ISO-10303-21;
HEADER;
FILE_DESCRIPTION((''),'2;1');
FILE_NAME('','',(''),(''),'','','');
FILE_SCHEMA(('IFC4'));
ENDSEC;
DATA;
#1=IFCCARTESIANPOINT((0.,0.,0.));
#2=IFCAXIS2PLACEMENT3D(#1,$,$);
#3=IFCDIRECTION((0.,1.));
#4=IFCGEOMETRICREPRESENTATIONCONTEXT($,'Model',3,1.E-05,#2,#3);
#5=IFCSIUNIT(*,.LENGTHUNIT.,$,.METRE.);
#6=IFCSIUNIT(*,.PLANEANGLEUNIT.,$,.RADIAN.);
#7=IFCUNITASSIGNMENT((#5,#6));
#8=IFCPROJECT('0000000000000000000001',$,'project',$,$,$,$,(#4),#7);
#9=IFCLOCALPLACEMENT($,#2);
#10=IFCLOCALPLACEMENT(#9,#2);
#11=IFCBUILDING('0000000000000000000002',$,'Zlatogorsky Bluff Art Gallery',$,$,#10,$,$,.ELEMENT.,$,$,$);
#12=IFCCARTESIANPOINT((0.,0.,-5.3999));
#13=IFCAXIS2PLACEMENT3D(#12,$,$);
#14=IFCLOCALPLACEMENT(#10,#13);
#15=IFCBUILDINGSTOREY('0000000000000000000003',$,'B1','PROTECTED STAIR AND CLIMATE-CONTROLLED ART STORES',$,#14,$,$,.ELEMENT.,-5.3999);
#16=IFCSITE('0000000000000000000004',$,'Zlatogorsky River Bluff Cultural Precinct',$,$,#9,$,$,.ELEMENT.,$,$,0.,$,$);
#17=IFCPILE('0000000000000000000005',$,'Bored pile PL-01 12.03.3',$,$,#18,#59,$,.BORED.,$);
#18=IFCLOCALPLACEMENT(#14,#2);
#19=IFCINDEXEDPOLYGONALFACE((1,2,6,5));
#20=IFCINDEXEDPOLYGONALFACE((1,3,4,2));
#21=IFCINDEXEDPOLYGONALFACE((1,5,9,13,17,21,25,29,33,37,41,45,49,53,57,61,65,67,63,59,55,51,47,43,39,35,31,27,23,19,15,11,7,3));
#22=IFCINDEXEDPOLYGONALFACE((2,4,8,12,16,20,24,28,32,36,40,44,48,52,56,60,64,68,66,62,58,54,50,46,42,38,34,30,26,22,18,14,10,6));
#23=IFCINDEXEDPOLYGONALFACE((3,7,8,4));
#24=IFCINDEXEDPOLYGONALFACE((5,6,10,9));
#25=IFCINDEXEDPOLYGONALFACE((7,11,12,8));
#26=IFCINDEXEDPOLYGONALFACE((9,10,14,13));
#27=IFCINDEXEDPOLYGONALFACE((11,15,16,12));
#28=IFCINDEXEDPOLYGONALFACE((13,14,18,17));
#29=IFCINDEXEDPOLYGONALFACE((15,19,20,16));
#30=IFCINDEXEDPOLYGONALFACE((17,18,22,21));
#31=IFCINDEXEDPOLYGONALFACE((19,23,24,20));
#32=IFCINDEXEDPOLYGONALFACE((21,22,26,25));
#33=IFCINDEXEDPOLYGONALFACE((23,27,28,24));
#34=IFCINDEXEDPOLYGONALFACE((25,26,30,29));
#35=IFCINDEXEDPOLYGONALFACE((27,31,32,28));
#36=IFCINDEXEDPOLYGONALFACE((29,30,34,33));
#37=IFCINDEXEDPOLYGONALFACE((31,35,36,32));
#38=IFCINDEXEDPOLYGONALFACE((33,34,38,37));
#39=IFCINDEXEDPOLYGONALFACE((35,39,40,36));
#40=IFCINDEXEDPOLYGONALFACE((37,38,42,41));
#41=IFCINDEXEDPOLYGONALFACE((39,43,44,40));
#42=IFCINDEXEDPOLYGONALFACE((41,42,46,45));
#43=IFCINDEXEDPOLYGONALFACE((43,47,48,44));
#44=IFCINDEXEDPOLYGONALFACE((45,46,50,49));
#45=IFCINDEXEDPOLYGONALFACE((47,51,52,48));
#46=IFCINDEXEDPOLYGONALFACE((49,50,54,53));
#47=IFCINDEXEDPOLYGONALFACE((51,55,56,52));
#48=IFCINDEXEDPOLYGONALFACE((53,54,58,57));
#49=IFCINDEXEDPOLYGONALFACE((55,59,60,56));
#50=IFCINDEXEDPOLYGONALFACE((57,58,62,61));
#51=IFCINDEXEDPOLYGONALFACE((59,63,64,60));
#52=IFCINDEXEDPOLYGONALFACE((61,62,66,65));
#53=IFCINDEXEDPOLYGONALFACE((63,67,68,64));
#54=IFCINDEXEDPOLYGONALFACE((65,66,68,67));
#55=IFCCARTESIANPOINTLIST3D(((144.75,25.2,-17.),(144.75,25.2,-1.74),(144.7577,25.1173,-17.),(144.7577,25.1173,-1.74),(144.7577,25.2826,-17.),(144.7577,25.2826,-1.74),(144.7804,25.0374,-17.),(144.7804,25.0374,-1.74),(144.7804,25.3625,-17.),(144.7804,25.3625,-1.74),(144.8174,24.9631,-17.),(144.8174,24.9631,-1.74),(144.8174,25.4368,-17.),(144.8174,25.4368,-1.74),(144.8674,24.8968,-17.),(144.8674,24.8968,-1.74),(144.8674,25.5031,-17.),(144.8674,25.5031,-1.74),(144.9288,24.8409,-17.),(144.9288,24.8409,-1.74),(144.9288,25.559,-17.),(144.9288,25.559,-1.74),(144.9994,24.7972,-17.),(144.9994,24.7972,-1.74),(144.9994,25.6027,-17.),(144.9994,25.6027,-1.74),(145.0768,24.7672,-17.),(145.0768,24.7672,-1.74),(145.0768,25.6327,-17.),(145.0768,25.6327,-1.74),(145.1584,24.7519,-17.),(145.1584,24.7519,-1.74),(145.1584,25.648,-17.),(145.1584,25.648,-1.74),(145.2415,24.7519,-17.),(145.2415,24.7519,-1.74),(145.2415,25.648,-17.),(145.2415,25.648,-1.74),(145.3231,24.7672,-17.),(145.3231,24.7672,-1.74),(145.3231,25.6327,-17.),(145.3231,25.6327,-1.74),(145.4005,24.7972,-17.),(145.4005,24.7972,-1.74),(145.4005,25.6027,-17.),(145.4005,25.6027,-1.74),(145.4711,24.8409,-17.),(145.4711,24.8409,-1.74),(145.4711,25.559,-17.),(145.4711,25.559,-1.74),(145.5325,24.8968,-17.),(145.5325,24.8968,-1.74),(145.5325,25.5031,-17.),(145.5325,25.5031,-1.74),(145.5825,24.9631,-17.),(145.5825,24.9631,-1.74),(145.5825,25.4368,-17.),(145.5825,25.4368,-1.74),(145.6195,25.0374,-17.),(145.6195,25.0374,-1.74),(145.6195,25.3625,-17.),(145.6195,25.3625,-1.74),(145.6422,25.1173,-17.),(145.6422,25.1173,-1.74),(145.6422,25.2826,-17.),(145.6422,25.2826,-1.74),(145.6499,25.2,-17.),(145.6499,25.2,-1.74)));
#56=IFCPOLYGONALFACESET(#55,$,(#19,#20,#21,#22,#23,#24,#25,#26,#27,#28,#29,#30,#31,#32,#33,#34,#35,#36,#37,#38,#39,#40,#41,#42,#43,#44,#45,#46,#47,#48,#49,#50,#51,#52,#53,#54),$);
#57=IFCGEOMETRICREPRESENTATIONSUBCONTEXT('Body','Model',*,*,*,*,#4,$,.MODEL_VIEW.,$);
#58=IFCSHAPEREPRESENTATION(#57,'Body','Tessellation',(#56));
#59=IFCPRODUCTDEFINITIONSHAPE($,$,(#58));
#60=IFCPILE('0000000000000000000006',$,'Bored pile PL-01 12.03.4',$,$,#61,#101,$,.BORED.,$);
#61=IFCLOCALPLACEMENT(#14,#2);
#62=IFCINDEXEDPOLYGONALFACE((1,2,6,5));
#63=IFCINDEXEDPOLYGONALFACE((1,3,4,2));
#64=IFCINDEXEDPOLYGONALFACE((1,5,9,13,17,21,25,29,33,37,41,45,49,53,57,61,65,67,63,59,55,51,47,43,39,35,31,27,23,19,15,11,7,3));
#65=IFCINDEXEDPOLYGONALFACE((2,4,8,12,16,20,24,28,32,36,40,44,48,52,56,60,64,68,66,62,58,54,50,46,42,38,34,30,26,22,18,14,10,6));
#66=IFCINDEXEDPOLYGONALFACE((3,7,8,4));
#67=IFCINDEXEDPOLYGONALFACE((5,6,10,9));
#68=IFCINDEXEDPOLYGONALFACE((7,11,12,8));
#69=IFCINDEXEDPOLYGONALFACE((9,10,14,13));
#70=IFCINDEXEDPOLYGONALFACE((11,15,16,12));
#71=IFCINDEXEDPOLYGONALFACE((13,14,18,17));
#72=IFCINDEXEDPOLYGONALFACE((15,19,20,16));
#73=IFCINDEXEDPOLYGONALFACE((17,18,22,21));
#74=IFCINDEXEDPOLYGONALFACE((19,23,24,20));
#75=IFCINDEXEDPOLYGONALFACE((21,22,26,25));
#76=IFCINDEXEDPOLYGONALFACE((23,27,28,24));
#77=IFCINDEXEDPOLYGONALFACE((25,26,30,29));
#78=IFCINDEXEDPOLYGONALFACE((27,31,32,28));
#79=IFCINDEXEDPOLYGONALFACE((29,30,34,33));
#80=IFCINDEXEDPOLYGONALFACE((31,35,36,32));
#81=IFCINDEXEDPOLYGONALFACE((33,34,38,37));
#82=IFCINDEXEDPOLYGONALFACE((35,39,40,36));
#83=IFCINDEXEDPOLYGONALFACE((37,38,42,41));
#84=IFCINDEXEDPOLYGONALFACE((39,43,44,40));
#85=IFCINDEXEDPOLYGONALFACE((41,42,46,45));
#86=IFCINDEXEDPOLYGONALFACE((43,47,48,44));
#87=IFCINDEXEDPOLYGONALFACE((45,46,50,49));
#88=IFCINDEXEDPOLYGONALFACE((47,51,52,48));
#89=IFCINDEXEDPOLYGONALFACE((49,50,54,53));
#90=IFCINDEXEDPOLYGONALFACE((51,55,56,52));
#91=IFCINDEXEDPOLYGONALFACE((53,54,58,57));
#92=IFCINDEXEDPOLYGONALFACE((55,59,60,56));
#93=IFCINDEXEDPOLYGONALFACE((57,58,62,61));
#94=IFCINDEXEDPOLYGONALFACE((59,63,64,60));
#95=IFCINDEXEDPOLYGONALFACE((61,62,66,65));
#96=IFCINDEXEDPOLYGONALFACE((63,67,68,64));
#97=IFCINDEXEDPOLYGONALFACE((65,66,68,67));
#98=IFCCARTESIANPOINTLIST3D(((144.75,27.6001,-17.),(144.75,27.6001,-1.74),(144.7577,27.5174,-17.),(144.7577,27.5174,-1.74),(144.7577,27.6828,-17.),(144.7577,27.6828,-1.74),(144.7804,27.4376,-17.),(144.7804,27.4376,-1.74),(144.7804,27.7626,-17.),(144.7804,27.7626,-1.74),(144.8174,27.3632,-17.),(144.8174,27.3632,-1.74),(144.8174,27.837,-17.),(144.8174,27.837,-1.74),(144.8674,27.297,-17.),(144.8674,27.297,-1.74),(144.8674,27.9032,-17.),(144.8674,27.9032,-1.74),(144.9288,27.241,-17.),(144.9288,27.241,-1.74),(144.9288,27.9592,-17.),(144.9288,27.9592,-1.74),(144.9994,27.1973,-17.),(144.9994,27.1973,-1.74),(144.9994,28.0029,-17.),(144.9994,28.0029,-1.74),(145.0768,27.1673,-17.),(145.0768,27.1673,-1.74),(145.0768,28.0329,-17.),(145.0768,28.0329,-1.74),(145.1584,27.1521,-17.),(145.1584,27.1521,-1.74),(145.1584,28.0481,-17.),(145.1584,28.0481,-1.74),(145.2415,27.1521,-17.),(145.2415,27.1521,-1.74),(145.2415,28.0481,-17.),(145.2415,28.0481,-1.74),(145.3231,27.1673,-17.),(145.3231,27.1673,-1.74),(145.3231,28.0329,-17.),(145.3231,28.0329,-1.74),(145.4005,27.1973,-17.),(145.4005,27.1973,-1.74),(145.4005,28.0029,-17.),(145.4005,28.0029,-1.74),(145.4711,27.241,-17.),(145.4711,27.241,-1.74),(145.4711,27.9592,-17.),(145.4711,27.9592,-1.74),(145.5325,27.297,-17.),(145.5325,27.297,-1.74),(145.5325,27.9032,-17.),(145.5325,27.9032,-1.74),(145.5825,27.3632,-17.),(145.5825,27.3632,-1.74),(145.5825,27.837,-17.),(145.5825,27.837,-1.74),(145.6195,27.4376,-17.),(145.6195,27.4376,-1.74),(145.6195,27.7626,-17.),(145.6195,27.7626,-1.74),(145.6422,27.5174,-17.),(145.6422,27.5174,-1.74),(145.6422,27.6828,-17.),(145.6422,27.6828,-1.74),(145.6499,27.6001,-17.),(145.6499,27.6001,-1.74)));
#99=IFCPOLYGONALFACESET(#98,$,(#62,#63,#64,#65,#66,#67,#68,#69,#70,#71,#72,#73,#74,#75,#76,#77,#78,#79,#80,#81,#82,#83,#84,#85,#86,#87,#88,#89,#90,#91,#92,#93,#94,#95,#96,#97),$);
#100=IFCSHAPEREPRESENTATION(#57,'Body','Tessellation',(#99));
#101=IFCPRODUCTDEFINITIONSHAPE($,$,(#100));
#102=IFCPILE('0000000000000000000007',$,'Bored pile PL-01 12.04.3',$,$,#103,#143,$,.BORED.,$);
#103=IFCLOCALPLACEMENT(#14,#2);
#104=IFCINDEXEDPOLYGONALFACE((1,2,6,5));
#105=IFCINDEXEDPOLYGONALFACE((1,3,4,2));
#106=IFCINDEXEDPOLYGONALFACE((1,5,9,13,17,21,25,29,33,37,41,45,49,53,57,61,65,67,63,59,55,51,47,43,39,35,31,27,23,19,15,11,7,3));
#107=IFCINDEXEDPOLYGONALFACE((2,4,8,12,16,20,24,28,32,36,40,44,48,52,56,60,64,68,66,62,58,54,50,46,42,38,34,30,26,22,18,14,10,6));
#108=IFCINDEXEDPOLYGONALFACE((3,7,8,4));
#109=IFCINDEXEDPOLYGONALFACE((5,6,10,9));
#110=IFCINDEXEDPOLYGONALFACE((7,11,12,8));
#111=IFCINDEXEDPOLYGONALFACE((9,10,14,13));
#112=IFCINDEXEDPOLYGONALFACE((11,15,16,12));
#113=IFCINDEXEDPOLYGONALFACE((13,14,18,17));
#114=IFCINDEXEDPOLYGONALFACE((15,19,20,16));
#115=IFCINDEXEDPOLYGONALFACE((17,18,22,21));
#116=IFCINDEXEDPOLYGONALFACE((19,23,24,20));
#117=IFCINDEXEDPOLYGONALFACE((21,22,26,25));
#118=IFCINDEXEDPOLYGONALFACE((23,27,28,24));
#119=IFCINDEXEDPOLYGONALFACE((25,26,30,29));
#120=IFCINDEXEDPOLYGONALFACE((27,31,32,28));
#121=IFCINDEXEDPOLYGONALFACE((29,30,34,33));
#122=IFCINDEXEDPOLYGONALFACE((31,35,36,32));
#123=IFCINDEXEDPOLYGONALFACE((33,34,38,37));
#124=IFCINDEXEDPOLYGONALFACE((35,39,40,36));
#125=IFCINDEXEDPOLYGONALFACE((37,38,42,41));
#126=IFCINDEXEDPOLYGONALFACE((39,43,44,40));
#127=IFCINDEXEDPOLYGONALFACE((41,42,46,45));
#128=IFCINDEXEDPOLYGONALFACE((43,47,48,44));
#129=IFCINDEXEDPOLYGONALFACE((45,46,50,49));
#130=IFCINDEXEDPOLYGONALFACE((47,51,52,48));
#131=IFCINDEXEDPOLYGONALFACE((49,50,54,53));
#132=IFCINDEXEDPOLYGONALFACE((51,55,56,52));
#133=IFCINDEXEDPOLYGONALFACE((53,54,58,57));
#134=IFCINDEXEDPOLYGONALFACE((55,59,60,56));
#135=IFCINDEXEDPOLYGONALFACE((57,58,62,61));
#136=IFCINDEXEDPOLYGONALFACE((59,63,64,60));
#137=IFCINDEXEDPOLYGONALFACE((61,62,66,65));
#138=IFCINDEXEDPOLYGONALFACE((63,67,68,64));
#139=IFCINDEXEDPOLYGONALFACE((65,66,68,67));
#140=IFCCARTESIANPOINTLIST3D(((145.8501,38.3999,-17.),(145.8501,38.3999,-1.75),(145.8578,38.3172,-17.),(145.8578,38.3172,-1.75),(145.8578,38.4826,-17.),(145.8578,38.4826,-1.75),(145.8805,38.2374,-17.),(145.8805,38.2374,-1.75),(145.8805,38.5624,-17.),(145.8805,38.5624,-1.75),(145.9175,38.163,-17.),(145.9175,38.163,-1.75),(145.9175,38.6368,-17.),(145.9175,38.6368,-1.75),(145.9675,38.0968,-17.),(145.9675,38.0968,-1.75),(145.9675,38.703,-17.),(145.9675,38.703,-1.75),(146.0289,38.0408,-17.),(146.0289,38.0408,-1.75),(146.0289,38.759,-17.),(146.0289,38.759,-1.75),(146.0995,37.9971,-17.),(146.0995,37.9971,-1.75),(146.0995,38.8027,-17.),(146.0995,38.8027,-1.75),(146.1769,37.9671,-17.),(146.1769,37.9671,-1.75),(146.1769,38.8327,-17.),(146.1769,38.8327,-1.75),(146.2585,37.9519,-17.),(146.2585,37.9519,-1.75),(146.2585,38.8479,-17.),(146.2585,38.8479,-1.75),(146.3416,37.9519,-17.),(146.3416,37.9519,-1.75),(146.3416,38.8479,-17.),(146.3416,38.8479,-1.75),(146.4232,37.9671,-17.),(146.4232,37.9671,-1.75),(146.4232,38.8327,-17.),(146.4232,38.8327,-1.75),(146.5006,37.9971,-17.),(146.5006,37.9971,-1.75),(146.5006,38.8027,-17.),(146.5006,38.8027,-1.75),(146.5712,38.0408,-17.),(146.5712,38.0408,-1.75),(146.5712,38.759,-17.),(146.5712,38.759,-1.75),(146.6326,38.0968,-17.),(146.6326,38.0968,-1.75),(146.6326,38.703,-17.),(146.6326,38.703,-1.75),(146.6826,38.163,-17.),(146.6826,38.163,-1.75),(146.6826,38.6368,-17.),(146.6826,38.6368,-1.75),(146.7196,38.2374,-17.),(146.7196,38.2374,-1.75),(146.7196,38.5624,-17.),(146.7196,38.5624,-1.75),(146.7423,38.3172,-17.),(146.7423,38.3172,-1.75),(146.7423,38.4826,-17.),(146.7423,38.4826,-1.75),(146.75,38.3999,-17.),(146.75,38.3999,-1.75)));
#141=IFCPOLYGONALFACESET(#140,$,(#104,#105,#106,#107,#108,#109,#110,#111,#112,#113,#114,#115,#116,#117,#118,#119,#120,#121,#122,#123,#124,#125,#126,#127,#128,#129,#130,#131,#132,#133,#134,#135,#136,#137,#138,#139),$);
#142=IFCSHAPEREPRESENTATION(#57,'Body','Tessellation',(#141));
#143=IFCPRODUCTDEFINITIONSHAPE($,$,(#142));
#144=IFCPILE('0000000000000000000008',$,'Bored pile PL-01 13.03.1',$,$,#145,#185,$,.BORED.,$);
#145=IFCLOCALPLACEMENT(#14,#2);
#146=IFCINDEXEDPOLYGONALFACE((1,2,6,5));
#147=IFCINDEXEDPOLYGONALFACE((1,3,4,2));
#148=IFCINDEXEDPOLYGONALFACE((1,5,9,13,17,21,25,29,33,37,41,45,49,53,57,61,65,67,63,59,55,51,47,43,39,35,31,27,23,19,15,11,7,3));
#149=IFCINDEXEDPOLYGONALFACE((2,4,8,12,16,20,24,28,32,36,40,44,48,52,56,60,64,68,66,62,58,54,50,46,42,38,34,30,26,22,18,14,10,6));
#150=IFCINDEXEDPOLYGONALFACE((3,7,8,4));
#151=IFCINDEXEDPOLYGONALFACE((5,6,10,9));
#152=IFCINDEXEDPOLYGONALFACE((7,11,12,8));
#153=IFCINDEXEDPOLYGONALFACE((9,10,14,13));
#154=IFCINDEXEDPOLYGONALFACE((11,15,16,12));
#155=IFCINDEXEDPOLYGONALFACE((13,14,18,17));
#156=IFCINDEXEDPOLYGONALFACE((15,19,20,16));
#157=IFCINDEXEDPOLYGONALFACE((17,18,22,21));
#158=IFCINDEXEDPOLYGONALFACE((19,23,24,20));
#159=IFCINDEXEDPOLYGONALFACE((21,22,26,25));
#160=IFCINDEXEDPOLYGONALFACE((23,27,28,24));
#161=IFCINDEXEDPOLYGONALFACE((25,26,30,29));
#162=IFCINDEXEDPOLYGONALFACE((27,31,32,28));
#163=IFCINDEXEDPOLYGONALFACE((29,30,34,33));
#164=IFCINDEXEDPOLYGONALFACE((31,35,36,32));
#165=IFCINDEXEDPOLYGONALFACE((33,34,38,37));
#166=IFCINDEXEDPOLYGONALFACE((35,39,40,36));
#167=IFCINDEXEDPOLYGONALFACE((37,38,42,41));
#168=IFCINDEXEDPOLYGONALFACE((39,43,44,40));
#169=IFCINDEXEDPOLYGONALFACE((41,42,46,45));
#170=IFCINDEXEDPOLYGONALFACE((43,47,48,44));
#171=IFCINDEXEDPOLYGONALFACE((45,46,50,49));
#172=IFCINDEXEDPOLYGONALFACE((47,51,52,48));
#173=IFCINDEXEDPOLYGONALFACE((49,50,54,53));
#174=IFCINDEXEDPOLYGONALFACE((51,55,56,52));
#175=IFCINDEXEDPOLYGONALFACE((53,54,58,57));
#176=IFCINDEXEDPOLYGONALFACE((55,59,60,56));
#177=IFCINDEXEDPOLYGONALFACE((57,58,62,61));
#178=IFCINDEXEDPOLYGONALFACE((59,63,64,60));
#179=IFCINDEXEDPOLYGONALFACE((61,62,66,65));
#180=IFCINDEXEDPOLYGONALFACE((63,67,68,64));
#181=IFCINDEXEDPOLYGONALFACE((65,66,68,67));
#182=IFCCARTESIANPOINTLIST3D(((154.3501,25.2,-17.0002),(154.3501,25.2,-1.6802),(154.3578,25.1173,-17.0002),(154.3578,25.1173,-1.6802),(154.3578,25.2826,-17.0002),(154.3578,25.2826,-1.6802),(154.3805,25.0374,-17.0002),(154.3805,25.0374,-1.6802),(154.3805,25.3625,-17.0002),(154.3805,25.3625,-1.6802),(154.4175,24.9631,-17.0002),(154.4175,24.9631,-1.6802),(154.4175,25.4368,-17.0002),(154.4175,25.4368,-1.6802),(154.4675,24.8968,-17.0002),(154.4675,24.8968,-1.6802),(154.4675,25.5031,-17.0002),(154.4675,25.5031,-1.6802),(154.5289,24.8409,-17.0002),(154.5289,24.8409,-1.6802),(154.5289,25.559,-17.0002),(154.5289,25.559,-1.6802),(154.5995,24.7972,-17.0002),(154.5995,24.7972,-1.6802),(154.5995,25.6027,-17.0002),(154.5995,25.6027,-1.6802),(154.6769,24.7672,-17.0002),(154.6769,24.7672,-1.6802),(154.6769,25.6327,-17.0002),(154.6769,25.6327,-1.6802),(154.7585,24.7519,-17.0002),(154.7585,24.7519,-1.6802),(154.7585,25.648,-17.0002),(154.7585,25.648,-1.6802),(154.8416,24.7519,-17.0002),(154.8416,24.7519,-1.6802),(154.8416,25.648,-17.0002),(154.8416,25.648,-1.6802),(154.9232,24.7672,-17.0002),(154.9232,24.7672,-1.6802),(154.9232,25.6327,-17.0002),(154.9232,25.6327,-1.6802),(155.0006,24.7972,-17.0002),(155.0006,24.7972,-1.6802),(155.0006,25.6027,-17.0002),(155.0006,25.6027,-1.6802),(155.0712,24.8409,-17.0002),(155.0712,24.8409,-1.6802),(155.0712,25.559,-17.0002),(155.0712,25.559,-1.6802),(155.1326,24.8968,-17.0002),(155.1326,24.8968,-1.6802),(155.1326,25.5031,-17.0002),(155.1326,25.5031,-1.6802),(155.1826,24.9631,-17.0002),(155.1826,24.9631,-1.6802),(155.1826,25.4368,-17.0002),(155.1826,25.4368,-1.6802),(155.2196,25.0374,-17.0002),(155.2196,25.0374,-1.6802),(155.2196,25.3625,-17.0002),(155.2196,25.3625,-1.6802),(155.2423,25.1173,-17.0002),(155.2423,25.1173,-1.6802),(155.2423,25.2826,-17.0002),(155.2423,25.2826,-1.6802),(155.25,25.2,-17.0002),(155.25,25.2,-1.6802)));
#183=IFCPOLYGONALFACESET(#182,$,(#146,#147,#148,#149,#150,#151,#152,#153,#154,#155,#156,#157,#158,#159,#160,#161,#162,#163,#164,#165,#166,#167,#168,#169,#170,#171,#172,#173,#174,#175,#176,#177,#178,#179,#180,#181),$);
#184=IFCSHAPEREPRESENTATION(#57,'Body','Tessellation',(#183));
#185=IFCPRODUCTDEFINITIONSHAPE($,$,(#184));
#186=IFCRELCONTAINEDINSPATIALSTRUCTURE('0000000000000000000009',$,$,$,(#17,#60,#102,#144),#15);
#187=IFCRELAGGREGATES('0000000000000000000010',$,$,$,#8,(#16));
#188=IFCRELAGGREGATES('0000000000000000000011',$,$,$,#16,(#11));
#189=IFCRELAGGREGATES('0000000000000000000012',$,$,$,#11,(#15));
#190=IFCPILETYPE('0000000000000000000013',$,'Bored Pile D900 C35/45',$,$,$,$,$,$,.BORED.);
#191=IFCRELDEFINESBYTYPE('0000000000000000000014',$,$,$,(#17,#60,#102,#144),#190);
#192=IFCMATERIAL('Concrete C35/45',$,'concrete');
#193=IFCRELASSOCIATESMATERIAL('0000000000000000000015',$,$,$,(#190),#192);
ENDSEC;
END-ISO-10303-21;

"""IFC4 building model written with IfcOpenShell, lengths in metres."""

from ifc_helpers import new_model, si_unit, direction, frame, origin, origin_2d, place, context, subcontext, project, spatial, circle, extrude, material, material_profile, profile_set, type_object, element, save


model = new_model("IFC4")

# Units and contexts
model_context = context("Model", 3, precision=1e-05, world=origin(), true_north=direction((0.0, 1.0)))
body_context = subcontext(model_context, "Body", "Model", "MODEL_VIEW")
ifc_project = project(units=[si_unit("LENGTHUNIT", "METRE"), si_unit("PLANEANGLEUNIT", "RADIAN")], contexts=[model_context])

# Site, building, storey
site_placement = place(None, origin())
site = spatial("IfcSite", under=ifc_project, at=site_placement, Name="Zlatogorsky River Bluff Cultural Precinct", CompositionType="ELEMENT", RefElevation=0.0)
building_placement = place(site_placement, origin())
building = spatial("IfcBuilding", under=site, at=building_placement, Name="Zlatogorsky Bluff Art Gallery", CompositionType="ELEMENT")
storey_placement = place(building_placement, frame((0.0, 0.0, -5.3999)))
storey = spatial("IfcBuildingStorey", under=building, at=storey_placement, Name="B1", Description="PROTECTED STAIR AND CLIMATE-CONTROLLED ART STORES", CompositionType="ELEMENT", Elevation=-5.3999)

# Piles
ifc_material_1 = material(Name="Concrete C35/45", Category="concrete")
ifc_material_profile_1 = material_profile(ifc_material_1, circle(Radius=0.45, at=origin_2d()), Name="BORED PILE D900")
ifc_profile_set_1 = profile_set([ifc_material_profile_1], Name="Concrete C35/45")
pile_type = type_object("IfcPileType", Name="Bored Pile D900 C35/45", PredefinedType="BORED", material=ifc_profile_set_1)
for number, where, z_axis, x_axis, name in (
    (1, (145.2, 25.2, -1.74), (0.0, 0.0, -1.0), (1.0, 0.0, 0.0), "Bored pile PL-01 12.03.3"),
    (2, (145.2, 27.6001, -1.74), (0.0, 0.0, -1.0), (1.0, 0.0, 0.0), "Bored pile PL-01 12.03.4"),
):
    element("IfcPile", number, at=place(storey_placement, frame(where, z_axis=z_axis, x_axis=x_axis)), inside=storey, type_object=pile_type, Name=name, PredefinedType="BORED", context=body_context, shape_type="SweptSolid", body=[
        extrude(circle(Radius=0.45, at=origin_2d()), origin(), (0.0, 0.0, 1.0), 15.26),
    ])
pile_placement = place(storey_placement, frame((146.3, 38.3999, -1.75), z_axis=(0.0, 0.0, -1.0), x_axis=(1.0, 0.0, 0.0)))
element("IfcPile", 3, at=pile_placement, inside=storey, type_object=pile_type, Name="Bored pile PL-01 12.04.3", PredefinedType="BORED", context=body_context, shape_type="SweptSolid", body=[
    extrude(circle(Radius=0.45, at=origin_2d()), origin(), (0.0, 0.0, 1.0), 15.25),
])
for number, where, z_axis, x_axis, name in (
    (4, (154.8, 25.2, -1.6802), (0.0, 0.0, -1.0), (1.0, 0.0, 0.0), "Bored pile PL-01 13.03.1"),
):
    element("IfcPile", number, at=place(storey_placement, frame(where, z_axis=z_axis, x_axis=x_axis)), inside=storey, type_object=pile_type, Name=name, PredefinedType="BORED", context=body_context, shape_type="SweptSolid", body=[
        extrude(circle(Radius=0.45, at=origin_2d()), origin(), (0.0, 0.0, 1.0), 15.3201),
    ])

save(model, "model.ifc")
